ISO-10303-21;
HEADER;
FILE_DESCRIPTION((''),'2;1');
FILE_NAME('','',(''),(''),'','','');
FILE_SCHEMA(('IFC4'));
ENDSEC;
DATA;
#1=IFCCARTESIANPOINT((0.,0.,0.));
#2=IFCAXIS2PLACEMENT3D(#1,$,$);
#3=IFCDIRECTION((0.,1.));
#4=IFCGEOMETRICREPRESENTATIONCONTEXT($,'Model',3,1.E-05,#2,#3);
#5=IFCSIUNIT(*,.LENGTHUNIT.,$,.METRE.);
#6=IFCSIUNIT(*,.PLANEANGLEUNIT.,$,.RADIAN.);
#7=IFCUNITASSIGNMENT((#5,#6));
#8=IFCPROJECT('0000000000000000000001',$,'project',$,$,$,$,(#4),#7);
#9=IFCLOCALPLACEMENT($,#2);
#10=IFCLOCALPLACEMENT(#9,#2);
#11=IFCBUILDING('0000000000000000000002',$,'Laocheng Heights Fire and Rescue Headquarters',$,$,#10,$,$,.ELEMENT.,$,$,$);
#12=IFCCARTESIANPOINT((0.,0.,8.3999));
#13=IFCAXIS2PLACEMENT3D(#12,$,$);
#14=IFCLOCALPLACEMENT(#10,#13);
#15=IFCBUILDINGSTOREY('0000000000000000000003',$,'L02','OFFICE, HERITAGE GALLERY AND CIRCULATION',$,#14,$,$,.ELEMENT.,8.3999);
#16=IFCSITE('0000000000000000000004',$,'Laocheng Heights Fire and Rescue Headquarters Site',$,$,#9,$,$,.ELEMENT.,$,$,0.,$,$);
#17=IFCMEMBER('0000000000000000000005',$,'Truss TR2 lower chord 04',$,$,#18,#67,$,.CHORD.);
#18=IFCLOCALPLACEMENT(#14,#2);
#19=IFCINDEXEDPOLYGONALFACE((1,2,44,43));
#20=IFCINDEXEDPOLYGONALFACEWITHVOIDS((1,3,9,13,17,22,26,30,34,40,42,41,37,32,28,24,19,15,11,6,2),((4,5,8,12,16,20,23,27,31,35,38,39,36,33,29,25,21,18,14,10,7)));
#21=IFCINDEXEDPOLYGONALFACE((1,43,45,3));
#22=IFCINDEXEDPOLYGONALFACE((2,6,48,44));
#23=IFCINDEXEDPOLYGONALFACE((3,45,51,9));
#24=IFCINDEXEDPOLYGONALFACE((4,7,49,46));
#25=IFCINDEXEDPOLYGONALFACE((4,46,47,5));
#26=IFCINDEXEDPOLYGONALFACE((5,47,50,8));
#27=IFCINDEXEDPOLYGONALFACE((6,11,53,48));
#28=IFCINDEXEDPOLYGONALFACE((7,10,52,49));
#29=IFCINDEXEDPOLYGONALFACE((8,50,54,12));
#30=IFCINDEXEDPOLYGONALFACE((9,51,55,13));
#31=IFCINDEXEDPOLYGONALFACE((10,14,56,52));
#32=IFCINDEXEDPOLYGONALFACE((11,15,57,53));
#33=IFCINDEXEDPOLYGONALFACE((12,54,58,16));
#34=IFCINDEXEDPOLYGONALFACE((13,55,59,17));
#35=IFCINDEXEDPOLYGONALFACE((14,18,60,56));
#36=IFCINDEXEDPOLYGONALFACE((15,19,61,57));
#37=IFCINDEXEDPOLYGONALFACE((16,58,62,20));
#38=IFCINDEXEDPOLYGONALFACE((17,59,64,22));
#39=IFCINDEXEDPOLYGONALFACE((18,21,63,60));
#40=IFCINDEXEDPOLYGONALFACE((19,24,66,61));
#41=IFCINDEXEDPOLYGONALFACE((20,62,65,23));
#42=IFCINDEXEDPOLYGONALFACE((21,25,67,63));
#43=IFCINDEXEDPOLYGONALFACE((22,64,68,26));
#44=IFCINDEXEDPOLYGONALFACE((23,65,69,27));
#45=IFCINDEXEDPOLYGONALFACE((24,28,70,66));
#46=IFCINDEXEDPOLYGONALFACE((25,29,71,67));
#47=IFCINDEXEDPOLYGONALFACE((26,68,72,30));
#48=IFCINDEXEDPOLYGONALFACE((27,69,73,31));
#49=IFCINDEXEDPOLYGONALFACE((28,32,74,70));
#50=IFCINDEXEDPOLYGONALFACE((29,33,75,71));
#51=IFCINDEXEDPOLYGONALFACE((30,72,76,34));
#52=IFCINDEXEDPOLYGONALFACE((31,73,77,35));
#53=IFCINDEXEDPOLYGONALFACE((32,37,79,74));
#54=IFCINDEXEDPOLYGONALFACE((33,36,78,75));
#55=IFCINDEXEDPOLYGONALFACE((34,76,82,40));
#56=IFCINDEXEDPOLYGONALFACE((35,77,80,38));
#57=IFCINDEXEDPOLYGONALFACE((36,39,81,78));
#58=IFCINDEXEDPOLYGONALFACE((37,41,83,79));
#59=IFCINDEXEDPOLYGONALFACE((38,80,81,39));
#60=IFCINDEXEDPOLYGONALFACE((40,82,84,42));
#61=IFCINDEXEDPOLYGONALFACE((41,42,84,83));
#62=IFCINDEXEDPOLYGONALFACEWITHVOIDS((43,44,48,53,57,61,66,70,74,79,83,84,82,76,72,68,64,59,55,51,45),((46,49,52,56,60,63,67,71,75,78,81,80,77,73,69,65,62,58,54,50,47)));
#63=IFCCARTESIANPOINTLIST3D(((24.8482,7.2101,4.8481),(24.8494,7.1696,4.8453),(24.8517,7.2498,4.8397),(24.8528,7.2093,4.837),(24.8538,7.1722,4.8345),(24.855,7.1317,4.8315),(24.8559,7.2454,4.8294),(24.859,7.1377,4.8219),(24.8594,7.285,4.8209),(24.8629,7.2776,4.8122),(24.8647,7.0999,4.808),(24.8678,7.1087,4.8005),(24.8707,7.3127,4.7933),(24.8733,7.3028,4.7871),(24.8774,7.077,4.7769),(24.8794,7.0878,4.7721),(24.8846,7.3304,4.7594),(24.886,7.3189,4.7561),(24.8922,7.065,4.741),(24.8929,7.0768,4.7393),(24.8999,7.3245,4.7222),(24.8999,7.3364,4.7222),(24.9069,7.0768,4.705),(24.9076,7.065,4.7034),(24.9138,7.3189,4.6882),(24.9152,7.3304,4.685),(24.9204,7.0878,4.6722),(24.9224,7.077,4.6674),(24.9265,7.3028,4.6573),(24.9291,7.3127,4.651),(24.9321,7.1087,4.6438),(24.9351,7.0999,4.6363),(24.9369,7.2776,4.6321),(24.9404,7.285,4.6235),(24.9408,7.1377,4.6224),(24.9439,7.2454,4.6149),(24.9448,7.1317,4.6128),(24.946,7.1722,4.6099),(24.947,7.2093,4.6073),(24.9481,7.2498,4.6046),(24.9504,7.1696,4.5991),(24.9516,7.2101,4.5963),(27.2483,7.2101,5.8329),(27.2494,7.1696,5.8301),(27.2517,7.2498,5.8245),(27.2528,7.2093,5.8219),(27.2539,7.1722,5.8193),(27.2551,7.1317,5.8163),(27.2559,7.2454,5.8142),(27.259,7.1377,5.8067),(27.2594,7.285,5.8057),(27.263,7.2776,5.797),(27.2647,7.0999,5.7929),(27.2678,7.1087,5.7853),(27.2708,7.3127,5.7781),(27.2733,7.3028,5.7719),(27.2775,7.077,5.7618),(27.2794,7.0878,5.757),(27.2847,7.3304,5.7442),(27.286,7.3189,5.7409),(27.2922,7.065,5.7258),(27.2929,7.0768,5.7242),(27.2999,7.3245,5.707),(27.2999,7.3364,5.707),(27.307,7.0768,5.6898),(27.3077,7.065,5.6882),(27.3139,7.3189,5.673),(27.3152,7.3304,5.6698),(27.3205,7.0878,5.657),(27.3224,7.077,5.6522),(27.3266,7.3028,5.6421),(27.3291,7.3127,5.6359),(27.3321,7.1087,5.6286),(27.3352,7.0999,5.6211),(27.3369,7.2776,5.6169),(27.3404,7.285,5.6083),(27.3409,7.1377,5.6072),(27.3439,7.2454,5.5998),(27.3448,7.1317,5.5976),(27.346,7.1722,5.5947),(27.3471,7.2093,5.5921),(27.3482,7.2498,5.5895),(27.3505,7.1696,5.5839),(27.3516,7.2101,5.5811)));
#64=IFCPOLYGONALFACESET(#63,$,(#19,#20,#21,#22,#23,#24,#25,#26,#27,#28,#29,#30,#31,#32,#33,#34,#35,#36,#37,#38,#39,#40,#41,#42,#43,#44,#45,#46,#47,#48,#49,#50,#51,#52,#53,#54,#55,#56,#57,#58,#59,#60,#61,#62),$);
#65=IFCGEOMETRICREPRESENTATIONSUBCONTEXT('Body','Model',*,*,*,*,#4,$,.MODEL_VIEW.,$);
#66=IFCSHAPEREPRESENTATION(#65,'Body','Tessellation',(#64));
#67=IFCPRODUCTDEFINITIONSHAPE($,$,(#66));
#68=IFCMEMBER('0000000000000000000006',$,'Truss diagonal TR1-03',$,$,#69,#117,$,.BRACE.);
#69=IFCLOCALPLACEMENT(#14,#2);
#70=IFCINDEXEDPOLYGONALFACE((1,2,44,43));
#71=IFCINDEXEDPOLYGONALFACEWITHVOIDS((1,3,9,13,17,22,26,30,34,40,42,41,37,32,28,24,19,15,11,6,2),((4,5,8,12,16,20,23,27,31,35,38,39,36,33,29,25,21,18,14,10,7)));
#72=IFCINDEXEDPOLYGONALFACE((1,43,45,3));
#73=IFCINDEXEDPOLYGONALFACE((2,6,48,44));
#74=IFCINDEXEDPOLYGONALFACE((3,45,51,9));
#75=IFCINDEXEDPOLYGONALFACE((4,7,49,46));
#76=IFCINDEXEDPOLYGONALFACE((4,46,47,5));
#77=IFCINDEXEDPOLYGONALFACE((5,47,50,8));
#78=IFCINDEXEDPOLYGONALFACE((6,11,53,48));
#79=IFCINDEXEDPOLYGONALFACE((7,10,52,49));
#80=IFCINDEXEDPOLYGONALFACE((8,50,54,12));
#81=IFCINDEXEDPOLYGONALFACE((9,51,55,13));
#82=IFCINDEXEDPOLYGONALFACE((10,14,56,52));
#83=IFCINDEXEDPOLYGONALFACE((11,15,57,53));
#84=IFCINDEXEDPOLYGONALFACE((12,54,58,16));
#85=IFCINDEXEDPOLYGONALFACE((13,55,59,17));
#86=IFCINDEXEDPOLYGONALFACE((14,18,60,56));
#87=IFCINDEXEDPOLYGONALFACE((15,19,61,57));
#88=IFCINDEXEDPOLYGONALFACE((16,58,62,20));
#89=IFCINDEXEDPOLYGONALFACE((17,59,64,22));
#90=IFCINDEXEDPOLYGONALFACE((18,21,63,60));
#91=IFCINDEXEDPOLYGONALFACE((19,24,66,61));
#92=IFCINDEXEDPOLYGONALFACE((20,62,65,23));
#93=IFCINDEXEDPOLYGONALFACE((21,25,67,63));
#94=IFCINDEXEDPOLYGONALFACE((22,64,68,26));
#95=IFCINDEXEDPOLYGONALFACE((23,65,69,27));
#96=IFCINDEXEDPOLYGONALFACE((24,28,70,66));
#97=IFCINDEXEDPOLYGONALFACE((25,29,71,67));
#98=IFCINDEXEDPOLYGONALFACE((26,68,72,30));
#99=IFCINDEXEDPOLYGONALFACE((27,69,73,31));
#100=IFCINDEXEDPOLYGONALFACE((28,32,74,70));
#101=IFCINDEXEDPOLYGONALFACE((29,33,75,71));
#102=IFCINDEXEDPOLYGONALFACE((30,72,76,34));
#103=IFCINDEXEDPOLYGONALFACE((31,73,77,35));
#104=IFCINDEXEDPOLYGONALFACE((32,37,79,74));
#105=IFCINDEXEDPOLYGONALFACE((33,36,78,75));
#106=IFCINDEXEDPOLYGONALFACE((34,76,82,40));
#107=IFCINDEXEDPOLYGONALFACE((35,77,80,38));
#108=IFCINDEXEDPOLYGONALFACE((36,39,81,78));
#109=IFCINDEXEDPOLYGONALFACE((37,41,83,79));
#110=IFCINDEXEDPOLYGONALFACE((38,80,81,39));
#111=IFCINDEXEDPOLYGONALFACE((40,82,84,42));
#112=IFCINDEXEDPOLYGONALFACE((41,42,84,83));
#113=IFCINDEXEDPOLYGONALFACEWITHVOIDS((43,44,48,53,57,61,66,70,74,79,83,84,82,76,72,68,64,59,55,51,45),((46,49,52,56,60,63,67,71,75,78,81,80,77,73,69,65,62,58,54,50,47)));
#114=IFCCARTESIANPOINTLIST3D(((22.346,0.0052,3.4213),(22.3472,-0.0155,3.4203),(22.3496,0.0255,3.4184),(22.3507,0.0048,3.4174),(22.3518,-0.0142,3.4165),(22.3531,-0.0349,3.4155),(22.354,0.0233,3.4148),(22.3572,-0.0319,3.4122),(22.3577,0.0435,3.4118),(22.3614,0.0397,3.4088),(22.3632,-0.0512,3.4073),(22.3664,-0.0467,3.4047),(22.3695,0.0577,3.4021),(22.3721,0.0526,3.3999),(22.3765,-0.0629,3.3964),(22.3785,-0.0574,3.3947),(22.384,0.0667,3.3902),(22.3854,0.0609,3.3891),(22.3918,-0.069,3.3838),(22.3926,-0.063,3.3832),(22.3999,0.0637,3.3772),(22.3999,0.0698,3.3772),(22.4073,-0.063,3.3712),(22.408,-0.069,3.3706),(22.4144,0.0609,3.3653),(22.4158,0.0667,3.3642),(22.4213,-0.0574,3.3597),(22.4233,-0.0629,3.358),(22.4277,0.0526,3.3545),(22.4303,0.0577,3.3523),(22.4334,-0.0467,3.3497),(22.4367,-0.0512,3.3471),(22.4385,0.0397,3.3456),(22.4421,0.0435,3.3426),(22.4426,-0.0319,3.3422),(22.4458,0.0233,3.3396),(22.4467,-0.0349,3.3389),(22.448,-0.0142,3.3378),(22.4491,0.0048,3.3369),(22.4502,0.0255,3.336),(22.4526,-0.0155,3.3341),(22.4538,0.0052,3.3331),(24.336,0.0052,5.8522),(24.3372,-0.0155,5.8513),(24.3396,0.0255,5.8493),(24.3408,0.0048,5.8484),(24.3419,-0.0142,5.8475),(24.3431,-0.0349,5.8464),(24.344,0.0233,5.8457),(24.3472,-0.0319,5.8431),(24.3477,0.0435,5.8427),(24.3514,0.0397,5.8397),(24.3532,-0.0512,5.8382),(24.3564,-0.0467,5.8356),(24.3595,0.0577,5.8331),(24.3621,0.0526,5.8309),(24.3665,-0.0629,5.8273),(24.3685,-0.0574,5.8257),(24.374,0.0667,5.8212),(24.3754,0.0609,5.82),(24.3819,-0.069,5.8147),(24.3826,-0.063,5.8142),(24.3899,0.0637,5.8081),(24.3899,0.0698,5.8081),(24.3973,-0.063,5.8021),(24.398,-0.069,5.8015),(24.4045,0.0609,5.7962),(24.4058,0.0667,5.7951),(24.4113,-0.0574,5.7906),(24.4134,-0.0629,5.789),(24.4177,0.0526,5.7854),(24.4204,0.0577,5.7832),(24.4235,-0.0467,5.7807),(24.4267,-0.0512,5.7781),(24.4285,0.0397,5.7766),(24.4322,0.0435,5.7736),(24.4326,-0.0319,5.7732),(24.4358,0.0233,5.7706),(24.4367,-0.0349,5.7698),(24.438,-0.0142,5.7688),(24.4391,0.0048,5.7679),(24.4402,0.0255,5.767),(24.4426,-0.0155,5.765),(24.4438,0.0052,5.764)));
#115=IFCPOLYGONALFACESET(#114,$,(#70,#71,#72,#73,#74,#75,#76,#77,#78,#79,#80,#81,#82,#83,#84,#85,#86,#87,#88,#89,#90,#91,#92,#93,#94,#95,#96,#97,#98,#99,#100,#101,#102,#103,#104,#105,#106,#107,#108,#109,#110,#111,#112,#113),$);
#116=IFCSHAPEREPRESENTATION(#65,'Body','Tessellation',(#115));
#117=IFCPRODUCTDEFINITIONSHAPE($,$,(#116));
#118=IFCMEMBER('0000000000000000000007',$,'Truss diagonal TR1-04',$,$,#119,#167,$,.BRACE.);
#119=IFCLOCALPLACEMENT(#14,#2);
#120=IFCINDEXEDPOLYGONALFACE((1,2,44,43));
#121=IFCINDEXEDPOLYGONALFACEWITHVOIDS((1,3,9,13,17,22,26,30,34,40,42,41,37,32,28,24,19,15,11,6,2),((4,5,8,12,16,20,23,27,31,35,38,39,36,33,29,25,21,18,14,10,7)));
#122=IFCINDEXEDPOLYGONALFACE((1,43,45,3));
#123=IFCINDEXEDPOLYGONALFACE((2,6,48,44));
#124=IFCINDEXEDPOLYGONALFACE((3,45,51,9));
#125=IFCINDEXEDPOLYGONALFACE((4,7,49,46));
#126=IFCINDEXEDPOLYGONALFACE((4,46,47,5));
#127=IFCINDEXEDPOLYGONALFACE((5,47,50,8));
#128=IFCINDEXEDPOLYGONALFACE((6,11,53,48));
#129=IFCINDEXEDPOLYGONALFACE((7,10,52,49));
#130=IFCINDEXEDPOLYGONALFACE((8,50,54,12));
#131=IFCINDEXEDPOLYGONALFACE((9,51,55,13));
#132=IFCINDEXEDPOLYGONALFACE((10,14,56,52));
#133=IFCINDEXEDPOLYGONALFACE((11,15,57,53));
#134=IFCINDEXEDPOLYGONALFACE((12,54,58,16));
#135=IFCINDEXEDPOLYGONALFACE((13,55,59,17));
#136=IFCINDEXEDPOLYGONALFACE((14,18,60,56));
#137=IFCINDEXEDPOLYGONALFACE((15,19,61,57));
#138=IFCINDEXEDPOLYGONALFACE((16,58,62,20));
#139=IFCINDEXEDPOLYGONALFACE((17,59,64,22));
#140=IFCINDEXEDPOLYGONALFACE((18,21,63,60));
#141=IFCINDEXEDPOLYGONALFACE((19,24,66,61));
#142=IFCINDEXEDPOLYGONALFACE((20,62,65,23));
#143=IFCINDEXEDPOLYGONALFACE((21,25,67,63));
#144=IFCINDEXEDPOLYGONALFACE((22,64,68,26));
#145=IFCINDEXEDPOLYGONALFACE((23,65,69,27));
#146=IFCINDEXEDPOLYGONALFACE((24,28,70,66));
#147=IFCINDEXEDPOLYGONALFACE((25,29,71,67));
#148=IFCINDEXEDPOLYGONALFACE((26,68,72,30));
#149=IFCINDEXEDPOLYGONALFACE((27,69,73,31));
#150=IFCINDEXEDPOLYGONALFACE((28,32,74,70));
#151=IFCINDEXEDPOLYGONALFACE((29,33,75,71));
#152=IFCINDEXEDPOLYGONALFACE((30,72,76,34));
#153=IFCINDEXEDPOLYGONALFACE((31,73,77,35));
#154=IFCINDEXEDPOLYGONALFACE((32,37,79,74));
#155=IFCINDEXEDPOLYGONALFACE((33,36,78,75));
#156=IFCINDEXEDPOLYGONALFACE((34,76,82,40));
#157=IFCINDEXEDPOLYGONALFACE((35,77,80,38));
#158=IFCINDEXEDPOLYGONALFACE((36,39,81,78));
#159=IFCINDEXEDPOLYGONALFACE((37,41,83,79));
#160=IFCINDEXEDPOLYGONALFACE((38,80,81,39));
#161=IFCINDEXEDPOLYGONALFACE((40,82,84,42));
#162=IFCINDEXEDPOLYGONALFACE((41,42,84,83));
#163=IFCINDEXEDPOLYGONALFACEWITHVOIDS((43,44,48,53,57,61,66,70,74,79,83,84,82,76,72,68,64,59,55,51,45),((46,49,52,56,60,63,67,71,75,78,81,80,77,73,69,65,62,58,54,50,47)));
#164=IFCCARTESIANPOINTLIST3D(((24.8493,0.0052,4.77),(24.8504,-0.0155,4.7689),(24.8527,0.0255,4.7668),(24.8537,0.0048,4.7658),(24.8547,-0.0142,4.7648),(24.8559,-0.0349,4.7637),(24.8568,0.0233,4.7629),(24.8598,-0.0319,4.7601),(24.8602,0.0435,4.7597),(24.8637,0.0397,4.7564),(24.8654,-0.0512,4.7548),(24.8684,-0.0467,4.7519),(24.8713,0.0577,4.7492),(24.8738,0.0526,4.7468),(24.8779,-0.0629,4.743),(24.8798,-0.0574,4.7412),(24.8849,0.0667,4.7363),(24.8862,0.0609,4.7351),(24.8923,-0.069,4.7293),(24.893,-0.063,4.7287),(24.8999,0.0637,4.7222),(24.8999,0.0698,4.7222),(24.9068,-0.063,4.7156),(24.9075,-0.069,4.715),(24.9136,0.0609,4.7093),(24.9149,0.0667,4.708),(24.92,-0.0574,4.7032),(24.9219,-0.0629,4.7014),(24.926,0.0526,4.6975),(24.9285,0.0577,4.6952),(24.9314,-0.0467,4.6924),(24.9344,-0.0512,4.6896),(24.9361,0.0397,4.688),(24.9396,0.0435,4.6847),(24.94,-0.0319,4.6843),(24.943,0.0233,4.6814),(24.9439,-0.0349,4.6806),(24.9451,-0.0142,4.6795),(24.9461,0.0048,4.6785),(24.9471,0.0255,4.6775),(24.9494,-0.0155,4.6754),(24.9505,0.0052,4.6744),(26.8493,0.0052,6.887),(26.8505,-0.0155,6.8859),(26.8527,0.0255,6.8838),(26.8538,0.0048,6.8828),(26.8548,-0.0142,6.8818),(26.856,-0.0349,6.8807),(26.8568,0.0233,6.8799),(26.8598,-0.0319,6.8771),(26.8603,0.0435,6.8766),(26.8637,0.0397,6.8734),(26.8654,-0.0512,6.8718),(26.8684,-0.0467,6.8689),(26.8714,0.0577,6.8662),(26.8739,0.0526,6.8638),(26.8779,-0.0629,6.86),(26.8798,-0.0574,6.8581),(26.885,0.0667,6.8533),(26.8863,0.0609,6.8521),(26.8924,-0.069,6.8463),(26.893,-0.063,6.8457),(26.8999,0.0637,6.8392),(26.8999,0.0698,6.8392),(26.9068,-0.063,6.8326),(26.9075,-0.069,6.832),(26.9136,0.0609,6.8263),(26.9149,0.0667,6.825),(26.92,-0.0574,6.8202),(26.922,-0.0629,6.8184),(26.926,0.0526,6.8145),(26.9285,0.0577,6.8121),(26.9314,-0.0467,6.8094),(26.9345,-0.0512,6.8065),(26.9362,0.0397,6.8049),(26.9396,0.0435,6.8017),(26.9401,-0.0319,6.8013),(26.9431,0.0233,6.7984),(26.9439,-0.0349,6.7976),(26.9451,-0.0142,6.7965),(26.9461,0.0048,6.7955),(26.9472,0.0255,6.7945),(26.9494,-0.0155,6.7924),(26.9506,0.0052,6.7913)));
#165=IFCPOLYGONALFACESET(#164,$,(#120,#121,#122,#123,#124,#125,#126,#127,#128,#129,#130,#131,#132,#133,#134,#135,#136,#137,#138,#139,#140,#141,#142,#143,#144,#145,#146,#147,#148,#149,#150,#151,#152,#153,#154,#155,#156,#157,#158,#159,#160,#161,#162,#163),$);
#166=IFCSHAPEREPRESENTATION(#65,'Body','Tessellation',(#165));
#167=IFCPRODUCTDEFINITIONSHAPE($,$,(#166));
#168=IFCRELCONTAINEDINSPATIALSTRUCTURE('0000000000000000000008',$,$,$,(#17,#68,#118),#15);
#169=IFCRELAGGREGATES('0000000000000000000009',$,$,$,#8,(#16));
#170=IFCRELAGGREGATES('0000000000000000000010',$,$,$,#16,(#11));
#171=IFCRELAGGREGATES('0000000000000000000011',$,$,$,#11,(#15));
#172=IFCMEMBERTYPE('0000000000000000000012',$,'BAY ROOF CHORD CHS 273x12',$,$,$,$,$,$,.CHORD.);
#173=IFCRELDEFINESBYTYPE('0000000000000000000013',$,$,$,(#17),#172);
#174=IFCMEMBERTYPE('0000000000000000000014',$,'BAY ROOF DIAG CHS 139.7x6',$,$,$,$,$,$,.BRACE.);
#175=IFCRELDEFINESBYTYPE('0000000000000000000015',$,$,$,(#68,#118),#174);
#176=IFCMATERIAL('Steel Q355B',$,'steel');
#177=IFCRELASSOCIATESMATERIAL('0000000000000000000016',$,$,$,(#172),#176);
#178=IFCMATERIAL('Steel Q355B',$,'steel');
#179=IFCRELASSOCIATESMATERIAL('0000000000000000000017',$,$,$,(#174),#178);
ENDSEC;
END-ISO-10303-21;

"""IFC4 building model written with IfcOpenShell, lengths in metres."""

from ifc_helpers import new_model, si_unit, direction, frame, origin, origin_2d, place, context, subcontext, project, spatial, hollow_circle, extrude, material, material_profile, profile_set, type_object, element, save


model = new_model("IFC4")

# Units and contexts
model_context = context("Model", 3, precision=1e-05, world=origin(), true_north=direction((0.0, 1.0)))
body_context = subcontext(model_context, "Body", "Model", "MODEL_VIEW")
ifc_project = project(units=[si_unit("LENGTHUNIT", "METRE"), si_unit("PLANEANGLEUNIT", "RADIAN")], contexts=[model_context])

# Site, building, storey
site_placement = place(None, origin())
site = spatial("IfcSite", under=ifc_project, at=site_placement, Name="Laocheng Heights Fire and Rescue Headquarters Site", CompositionType="ELEMENT", RefElevation=0.0)
building_placement = place(site_placement, origin())
building = spatial("IfcBuilding", under=site, at=building_placement, Name="Laocheng Heights Fire and Rescue Headquarters", CompositionType="ELEMENT")
storey_placement = place(building_placement, frame((0.0, 0.0, 8.3999)))
storey = spatial("IfcBuildingStorey", under=building, at=storey_placement, Name="L02", Description="OFFICE, HERITAGE GALLERY AND CIRCULATION", CompositionType="ELEMENT", Elevation=8.3999)

# Members
ifc_material_1 = material(Name="Steel Q355B", Category="steel")
ifc_material_profile_1 = material_profile(ifc_material_1, hollow_circle(Radius=0.1365, WallThickness=0.012, at=origin_2d()), Name="CHS 273x12")
ifc_profile_set_1 = profile_set([ifc_material_profile_1], Name="Steel Q355B")
member_type_1 = type_object("IfcMemberType", Name="BAY ROOF CHORD CHS 273x12", PredefinedType="CHORD", material=ifc_profile_set_1)
member_1_placement = place(storey_placement, frame((24.8999, 7.2, 4.7222), z_axis=(0.925143, 0.0, 0.379618), x_axis=(0.0, 1.0, 0.0)))
element("IfcMember", 1, at=member_1_placement, inside=storey, type_object=member_type_1, Name="Truss TR2 lower chord 04", PredefinedType="CHORD", context=body_context, shape_type="SweptSolid", body=[
    extrude(hollow_circle(Radius=0.1365, WallThickness=0.012, at=origin_2d()), origin(), (0.0, 0.0, 1.0), 2.5942),
])
ifc_material_2 = material(Name="Steel Q355B", Category="steel")
ifc_material_profile_2 = material_profile(ifc_material_2, hollow_circle(Radius=0.0698, WallThickness=0.0061, at=origin_2d()), Name="CHS 139.7x6")
ifc_profile_set_2 = profile_set([ifc_material_profile_2], Name="Steel Q355B")
member_type_2 = type_object("IfcMemberType", Name="BAY ROOF DIAG CHS 139.7x6", PredefinedType="BRACE", material=ifc_profile_set_2)
member_2_placement = place(storey_placement, frame((22.3999, 0.0, 3.3772), z_axis=(0.633441, 0.0, 0.773791), x_axis=(0.0, 1.0, 0.0)))
element("IfcMember", 2, at=member_2_placement, inside=storey, type_object=member_type_2, Name="Truss diagonal TR1-03", PredefinedType="BRACE", context=body_context, shape_type="SweptSolid", body=[
    extrude(hollow_circle(Radius=0.0698, WallThickness=0.0061, at=origin_2d()), origin(), (0.0, 0.0, 1.0), 3.1416),
])
member_3_placement = place(storey_placement, frame((24.8999, 0.0, 4.7222), z_axis=(0.686744, 0.0, 0.726899), x_axis=(0.0, 1.0, 0.0)))
element("IfcMember", 3, at=member_3_placement, inside=storey, type_object=member_type_2, Name="Truss diagonal TR1-04", PredefinedType="BRACE", context=body_context, shape_type="SweptSolid", body=[
    extrude(hollow_circle(Radius=0.0698, WallThickness=0.0061, at=origin_2d()), origin(), (0.0, 0.0, 1.0), 2.9124),
])

save(model, "model.ifc")
